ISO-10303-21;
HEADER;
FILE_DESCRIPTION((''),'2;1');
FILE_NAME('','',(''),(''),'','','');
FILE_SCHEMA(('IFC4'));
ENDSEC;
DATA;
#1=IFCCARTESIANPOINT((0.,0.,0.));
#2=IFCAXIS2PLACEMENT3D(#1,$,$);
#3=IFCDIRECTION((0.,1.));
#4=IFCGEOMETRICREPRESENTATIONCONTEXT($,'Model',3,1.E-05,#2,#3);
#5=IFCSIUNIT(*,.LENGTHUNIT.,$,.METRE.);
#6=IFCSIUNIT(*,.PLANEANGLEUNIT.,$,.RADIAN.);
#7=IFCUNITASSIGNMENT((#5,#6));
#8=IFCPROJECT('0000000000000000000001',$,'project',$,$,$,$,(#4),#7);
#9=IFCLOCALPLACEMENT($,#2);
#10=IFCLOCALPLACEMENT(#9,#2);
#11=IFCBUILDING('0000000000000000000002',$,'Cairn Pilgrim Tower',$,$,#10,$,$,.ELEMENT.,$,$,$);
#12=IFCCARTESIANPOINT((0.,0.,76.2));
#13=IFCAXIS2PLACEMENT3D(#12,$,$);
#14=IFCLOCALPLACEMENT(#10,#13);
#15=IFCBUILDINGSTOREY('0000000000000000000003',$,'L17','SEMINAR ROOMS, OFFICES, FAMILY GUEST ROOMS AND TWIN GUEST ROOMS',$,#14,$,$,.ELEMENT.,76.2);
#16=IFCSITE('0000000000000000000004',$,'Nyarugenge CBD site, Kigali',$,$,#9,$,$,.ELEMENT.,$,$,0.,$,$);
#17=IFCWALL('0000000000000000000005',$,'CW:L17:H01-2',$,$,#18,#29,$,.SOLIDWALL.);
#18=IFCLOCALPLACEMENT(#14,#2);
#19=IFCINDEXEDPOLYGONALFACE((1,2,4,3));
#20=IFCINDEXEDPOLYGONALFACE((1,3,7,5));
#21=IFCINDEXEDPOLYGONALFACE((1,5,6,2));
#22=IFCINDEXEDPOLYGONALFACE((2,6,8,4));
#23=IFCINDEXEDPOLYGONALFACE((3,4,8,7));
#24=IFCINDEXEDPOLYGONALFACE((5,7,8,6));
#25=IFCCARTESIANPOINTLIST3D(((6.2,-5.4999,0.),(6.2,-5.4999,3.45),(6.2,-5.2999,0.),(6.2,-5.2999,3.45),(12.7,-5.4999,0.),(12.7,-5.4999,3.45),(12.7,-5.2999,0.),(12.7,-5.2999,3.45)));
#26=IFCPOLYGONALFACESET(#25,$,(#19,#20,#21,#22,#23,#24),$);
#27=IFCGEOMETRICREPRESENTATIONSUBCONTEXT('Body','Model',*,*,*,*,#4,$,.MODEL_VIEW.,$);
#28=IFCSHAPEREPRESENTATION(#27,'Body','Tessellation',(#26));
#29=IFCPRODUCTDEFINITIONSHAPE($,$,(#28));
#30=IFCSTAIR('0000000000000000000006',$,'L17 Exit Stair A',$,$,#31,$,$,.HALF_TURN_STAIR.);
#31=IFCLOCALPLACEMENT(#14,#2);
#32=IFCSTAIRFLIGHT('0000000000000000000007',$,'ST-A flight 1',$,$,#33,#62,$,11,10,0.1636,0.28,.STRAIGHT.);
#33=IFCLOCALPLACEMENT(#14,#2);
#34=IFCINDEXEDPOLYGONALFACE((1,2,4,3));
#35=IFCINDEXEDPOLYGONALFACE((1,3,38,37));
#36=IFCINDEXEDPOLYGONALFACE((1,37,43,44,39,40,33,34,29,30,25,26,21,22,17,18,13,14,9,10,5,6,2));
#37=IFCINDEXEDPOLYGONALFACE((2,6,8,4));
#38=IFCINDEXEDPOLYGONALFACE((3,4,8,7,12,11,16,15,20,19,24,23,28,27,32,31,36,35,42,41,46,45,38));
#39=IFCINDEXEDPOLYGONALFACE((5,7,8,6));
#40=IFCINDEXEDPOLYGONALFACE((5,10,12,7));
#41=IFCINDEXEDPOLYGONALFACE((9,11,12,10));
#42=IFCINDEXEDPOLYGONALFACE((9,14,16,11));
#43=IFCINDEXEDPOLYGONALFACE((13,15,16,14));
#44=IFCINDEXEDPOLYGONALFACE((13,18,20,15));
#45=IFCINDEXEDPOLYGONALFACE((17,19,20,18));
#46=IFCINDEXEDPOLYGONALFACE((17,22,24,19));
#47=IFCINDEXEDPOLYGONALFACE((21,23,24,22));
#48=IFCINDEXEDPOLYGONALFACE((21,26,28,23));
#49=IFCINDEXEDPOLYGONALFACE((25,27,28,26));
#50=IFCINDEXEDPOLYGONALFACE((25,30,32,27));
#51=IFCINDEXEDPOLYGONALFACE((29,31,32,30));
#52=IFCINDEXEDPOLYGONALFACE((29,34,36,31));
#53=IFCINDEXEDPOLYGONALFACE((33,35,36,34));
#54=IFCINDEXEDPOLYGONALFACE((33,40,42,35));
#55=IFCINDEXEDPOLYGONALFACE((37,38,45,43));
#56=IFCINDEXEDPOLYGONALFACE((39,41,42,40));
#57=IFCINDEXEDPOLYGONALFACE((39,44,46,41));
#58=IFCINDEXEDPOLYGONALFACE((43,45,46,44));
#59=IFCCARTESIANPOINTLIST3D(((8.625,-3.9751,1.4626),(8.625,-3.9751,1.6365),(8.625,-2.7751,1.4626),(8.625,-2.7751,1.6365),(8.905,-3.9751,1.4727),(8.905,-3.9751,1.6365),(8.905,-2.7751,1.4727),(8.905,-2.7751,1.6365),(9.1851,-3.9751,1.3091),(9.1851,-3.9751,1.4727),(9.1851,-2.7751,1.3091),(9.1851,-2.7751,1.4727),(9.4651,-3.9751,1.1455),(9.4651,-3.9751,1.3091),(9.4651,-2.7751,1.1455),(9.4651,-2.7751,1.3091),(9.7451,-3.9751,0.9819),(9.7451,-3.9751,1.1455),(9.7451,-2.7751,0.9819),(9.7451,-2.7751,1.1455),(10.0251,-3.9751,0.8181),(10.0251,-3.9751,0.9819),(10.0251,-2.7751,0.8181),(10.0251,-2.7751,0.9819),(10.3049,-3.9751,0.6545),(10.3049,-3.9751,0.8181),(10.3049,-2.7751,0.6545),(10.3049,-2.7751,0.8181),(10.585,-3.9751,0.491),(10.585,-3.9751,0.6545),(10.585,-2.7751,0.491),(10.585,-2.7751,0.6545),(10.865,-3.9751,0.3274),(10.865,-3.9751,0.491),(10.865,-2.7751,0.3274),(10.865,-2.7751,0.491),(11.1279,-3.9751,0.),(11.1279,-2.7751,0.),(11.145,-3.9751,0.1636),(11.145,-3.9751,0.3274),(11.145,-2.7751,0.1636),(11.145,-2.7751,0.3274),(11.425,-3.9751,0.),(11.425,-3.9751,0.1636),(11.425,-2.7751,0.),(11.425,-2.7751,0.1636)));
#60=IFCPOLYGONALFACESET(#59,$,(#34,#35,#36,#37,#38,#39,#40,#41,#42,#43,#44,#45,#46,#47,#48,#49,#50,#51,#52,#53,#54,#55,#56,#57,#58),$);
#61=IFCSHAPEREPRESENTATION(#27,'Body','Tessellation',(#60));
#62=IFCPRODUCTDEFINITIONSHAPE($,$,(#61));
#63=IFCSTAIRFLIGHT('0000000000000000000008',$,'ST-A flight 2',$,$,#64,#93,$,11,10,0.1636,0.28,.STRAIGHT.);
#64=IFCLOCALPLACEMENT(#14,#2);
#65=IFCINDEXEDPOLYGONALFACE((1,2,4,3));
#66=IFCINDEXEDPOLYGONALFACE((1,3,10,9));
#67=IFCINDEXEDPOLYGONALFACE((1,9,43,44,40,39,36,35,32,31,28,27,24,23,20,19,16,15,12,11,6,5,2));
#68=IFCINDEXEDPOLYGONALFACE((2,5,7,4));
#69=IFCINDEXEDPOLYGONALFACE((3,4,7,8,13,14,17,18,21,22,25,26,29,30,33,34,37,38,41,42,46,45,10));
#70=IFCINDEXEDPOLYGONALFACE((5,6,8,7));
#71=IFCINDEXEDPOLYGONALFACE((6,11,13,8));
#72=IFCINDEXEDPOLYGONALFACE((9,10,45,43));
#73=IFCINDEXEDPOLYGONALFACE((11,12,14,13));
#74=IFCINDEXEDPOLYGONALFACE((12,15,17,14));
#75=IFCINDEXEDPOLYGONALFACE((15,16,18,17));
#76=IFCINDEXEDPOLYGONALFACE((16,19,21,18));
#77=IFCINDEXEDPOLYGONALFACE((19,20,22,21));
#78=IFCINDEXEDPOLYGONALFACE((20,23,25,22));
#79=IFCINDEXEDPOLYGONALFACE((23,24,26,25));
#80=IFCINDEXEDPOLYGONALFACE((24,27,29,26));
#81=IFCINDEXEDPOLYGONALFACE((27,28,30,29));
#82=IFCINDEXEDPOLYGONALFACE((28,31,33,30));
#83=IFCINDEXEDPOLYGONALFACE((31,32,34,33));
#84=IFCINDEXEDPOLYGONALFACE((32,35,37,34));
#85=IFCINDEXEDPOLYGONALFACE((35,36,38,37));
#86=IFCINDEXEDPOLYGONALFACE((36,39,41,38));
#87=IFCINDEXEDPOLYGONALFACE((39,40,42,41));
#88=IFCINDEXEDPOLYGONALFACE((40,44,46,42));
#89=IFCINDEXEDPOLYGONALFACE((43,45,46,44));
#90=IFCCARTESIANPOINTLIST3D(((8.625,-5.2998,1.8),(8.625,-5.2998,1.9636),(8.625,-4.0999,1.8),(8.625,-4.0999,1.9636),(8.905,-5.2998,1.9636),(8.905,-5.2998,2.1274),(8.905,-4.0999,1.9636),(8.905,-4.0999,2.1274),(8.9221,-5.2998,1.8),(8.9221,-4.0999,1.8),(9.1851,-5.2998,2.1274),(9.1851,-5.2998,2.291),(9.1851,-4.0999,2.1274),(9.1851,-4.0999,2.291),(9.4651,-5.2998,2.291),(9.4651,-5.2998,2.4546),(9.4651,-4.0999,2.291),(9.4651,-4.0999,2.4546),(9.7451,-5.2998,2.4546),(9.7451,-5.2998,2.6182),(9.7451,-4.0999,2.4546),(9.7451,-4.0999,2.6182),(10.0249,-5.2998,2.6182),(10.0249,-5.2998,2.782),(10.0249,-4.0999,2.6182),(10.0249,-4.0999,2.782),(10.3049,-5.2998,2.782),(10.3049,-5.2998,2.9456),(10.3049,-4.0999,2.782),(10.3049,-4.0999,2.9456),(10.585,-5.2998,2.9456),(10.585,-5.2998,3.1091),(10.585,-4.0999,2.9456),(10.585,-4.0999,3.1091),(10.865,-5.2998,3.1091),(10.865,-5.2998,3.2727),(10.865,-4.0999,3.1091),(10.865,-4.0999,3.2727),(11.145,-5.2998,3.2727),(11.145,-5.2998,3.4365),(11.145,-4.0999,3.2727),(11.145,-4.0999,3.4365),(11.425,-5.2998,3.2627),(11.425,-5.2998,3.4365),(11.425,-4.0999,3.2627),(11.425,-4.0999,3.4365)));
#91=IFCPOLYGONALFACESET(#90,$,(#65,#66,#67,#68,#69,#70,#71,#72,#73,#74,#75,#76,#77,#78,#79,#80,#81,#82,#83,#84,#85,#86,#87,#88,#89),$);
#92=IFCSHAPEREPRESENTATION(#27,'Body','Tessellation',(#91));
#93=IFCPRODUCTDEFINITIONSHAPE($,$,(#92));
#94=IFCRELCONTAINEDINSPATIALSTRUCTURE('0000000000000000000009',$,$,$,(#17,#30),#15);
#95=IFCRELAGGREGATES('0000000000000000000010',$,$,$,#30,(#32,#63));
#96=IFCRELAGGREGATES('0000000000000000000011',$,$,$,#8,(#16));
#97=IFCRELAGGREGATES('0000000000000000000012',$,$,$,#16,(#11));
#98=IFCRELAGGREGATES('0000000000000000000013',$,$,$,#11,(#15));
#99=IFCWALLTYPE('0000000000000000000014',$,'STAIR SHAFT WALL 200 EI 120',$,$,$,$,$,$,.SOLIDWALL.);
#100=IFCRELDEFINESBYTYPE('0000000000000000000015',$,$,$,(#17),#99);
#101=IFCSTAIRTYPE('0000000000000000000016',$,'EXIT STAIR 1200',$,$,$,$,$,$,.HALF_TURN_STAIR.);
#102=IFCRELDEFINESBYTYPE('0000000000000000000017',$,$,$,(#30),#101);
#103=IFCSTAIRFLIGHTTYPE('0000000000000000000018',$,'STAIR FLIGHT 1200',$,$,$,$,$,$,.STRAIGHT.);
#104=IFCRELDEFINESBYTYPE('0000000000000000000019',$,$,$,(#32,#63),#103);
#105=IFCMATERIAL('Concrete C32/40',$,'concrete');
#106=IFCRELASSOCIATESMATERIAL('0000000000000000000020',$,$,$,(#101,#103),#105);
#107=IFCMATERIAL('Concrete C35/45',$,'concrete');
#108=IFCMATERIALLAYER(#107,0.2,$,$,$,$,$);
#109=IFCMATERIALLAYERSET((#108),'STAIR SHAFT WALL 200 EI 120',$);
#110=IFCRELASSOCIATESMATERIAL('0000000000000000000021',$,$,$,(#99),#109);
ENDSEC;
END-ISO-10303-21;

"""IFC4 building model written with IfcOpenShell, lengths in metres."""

from ifc_helpers import new_model, si_unit, direction, frame, frame_2d, origin, place, context, subcontext, project, spatial, polyline, rectangle, outline, extrude, material, layer, layer_set, type_object, element, aggregate, save


model = new_model("IFC4")

# Units and contexts
model_context = context("Model", 3, precision=1e-05, world=origin(), true_north=direction((0.0, 1.0)))
body_context = subcontext(model_context, "Body", "Model", "MODEL_VIEW")
ifc_project = project(units=[si_unit("LENGTHUNIT", "METRE"), si_unit("PLANEANGLEUNIT", "RADIAN")], contexts=[model_context])

# Site, building, storey
site_placement = place(None, origin())
site = spatial("IfcSite", under=ifc_project, at=site_placement, Name="Nyarugenge CBD site, Kigali", CompositionType="ELEMENT", RefElevation=0.0)
building_placement = place(site_placement, origin())
building = spatial("IfcBuilding", under=site, at=building_placement, Name="Cairn Pilgrim Tower", CompositionType="ELEMENT")
storey_placement = place(building_placement, frame((0.0, 0.0, 76.2)))
storey = spatial("IfcBuildingStorey", under=building, at=storey_placement, Name="L17", Description="SEMINAR ROOMS, OFFICES, FAMILY GUEST ROOMS AND TWIN GUEST ROOMS", CompositionType="ELEMENT", Elevation=76.2)

# Shared definitions
ifc_material_1 = material(Name="Concrete C32/40", Category="concrete")
stair_type = type_object("IfcStairType", Name="EXIT STAIR 1200", PredefinedType="HALF_TURN_STAIR", material=ifc_material_1)

# Shared definitions
ifc_material_2 = material(Name="Concrete C35/45", Category="concrete")

# Wall
ifc_layer_1 = layer(ifc_material_2, 0.2)
ifc_layer_set_1 = layer_set([ifc_layer_1], Name="STAIR SHAFT WALL 200 EI 120")
wall_type_1 = type_object("IfcWallType", Name="STAIR SHAFT WALL 200 EI 120", PredefinedType="SOLIDWALL", material=ifc_layer_set_1)
wall_1_placement = place(storey_placement, frame((6.2, -5.3999, 0.0), z_axis=(0.0, 0.0, 1.0), x_axis=(1.0, 0.0, 0.0)))
element("IfcWall", 1, at=wall_1_placement, inside=storey, type_object=wall_type_1, Name="CW:L17:H01-2", PredefinedType="SOLIDWALL", context=body_context, shape_type="SweptSolid", body=[
    extrude(rectangle(XDim=6.5, YDim=0.2, at=frame_2d((3.25, 0.0))), origin(), (0.0, 0.0, 1.0), 3.45),
])

# Stair, stair flights
stair_1_placement = place(storey_placement, origin())
stair_1 = element("IfcStair", 2, at=stair_1_placement, inside=storey, type_object=stair_type, Name="L17 Exit Stair A", PredefinedType="HALF_TURN_STAIR")
stair_flight_type = type_object("IfcStairFlightType", Name="STAIR FLIGHT 1200", PredefinedType="STRAIGHT", material=ifc_material_1)
stair_flight_1_placement = place(storey_placement, frame((11.425, -3.375, 0.0), z_axis=(0.0, 0.0, 1.0), x_axis=(-1.0, 0.0, 0.0)))
stair_flight_1 = element("IfcStairFlight", 3, at=stair_flight_1_placement, type_object=stair_flight_type, Name="ST-A flight 1", NumberOfRisers=11, NumberOfTreads=10, PredefinedType="STRAIGHT", RiserHeight=0.1636, TreadLength=0.28, context=body_context, shape_type="SweptSolid", body=[
    extrude(outline(polyline([(0.0, 0.0), (0.0, 0.1636), (0.28, 0.1636), (0.28, 0.3274), (0.5601, 0.3274), (0.5601, 0.491), (0.8401, 0.491), (0.8401, 0.6545), (1.1201, 0.6545), (1.1201, 0.8181), (1.3999, 0.8181), (1.3999, 0.9819), (1.6799, 0.9819), (1.6799, 1.1455), (1.96, 1.1455), (1.96, 1.3091), (2.24, 1.3091), (2.24, 1.4727), (2.52, 1.4727), (2.52, 1.6365), (2.8, 1.6365), (2.8, 1.8), (2.8, 1.4626), (0.2971, 0.0), (0.0, 0.0)])), frame((0.0, 0.6001, 0.0), z_axis=(0.0, -1.0, 0.0), x_axis=(1.0, 0.0, 0.0)), (0.0, 0.0, 1.0), 1.2),
])
stair_flight_2_placement = place(storey_placement, frame((8.625, -4.7, 1.8), z_axis=(0.0, 0.0, 1.0), x_axis=(1.0, 0.0, 0.0)))
stair_flight_2 = element("IfcStairFlight", 4, at=stair_flight_2_placement, type_object=stair_flight_type, Name="ST-A flight 2", NumberOfRisers=11, NumberOfTreads=10, PredefinedType="STRAIGHT", RiserHeight=0.1636, TreadLength=0.28, context=body_context, shape_type="SweptSolid", body=[
    extrude(outline(polyline([(0.0, 0.0), (0.0, 0.1636), (0.28, 0.1636), (0.28, 0.3274), (0.5601, 0.3274), (0.5601, 0.491), (0.8401, 0.491), (0.8401, 0.6545), (1.1201, 0.6545), (1.1201, 0.8181), (1.3999, 0.8181), (1.3999, 0.9819), (1.6799, 0.9819), (1.6799, 1.1455), (1.96, 1.1455), (1.96, 1.3091), (2.24, 1.3091), (2.24, 1.4727), (2.52, 1.4727), (2.52, 1.6365), (2.8, 1.6365), (2.8, 1.8), (2.8, 1.4626), (0.2971, 0.0), (0.0, 0.0)])), frame((0.0, 0.6001, 0.0), z_axis=(0.0, -1.0, 0.0), x_axis=(1.0, 0.0, 0.0)), (0.0, 0.0, 1.0), 1.2),
])
aggregate(stair_1, [stair_flight_1, stair_flight_2])

save(model, "model.ifc")
